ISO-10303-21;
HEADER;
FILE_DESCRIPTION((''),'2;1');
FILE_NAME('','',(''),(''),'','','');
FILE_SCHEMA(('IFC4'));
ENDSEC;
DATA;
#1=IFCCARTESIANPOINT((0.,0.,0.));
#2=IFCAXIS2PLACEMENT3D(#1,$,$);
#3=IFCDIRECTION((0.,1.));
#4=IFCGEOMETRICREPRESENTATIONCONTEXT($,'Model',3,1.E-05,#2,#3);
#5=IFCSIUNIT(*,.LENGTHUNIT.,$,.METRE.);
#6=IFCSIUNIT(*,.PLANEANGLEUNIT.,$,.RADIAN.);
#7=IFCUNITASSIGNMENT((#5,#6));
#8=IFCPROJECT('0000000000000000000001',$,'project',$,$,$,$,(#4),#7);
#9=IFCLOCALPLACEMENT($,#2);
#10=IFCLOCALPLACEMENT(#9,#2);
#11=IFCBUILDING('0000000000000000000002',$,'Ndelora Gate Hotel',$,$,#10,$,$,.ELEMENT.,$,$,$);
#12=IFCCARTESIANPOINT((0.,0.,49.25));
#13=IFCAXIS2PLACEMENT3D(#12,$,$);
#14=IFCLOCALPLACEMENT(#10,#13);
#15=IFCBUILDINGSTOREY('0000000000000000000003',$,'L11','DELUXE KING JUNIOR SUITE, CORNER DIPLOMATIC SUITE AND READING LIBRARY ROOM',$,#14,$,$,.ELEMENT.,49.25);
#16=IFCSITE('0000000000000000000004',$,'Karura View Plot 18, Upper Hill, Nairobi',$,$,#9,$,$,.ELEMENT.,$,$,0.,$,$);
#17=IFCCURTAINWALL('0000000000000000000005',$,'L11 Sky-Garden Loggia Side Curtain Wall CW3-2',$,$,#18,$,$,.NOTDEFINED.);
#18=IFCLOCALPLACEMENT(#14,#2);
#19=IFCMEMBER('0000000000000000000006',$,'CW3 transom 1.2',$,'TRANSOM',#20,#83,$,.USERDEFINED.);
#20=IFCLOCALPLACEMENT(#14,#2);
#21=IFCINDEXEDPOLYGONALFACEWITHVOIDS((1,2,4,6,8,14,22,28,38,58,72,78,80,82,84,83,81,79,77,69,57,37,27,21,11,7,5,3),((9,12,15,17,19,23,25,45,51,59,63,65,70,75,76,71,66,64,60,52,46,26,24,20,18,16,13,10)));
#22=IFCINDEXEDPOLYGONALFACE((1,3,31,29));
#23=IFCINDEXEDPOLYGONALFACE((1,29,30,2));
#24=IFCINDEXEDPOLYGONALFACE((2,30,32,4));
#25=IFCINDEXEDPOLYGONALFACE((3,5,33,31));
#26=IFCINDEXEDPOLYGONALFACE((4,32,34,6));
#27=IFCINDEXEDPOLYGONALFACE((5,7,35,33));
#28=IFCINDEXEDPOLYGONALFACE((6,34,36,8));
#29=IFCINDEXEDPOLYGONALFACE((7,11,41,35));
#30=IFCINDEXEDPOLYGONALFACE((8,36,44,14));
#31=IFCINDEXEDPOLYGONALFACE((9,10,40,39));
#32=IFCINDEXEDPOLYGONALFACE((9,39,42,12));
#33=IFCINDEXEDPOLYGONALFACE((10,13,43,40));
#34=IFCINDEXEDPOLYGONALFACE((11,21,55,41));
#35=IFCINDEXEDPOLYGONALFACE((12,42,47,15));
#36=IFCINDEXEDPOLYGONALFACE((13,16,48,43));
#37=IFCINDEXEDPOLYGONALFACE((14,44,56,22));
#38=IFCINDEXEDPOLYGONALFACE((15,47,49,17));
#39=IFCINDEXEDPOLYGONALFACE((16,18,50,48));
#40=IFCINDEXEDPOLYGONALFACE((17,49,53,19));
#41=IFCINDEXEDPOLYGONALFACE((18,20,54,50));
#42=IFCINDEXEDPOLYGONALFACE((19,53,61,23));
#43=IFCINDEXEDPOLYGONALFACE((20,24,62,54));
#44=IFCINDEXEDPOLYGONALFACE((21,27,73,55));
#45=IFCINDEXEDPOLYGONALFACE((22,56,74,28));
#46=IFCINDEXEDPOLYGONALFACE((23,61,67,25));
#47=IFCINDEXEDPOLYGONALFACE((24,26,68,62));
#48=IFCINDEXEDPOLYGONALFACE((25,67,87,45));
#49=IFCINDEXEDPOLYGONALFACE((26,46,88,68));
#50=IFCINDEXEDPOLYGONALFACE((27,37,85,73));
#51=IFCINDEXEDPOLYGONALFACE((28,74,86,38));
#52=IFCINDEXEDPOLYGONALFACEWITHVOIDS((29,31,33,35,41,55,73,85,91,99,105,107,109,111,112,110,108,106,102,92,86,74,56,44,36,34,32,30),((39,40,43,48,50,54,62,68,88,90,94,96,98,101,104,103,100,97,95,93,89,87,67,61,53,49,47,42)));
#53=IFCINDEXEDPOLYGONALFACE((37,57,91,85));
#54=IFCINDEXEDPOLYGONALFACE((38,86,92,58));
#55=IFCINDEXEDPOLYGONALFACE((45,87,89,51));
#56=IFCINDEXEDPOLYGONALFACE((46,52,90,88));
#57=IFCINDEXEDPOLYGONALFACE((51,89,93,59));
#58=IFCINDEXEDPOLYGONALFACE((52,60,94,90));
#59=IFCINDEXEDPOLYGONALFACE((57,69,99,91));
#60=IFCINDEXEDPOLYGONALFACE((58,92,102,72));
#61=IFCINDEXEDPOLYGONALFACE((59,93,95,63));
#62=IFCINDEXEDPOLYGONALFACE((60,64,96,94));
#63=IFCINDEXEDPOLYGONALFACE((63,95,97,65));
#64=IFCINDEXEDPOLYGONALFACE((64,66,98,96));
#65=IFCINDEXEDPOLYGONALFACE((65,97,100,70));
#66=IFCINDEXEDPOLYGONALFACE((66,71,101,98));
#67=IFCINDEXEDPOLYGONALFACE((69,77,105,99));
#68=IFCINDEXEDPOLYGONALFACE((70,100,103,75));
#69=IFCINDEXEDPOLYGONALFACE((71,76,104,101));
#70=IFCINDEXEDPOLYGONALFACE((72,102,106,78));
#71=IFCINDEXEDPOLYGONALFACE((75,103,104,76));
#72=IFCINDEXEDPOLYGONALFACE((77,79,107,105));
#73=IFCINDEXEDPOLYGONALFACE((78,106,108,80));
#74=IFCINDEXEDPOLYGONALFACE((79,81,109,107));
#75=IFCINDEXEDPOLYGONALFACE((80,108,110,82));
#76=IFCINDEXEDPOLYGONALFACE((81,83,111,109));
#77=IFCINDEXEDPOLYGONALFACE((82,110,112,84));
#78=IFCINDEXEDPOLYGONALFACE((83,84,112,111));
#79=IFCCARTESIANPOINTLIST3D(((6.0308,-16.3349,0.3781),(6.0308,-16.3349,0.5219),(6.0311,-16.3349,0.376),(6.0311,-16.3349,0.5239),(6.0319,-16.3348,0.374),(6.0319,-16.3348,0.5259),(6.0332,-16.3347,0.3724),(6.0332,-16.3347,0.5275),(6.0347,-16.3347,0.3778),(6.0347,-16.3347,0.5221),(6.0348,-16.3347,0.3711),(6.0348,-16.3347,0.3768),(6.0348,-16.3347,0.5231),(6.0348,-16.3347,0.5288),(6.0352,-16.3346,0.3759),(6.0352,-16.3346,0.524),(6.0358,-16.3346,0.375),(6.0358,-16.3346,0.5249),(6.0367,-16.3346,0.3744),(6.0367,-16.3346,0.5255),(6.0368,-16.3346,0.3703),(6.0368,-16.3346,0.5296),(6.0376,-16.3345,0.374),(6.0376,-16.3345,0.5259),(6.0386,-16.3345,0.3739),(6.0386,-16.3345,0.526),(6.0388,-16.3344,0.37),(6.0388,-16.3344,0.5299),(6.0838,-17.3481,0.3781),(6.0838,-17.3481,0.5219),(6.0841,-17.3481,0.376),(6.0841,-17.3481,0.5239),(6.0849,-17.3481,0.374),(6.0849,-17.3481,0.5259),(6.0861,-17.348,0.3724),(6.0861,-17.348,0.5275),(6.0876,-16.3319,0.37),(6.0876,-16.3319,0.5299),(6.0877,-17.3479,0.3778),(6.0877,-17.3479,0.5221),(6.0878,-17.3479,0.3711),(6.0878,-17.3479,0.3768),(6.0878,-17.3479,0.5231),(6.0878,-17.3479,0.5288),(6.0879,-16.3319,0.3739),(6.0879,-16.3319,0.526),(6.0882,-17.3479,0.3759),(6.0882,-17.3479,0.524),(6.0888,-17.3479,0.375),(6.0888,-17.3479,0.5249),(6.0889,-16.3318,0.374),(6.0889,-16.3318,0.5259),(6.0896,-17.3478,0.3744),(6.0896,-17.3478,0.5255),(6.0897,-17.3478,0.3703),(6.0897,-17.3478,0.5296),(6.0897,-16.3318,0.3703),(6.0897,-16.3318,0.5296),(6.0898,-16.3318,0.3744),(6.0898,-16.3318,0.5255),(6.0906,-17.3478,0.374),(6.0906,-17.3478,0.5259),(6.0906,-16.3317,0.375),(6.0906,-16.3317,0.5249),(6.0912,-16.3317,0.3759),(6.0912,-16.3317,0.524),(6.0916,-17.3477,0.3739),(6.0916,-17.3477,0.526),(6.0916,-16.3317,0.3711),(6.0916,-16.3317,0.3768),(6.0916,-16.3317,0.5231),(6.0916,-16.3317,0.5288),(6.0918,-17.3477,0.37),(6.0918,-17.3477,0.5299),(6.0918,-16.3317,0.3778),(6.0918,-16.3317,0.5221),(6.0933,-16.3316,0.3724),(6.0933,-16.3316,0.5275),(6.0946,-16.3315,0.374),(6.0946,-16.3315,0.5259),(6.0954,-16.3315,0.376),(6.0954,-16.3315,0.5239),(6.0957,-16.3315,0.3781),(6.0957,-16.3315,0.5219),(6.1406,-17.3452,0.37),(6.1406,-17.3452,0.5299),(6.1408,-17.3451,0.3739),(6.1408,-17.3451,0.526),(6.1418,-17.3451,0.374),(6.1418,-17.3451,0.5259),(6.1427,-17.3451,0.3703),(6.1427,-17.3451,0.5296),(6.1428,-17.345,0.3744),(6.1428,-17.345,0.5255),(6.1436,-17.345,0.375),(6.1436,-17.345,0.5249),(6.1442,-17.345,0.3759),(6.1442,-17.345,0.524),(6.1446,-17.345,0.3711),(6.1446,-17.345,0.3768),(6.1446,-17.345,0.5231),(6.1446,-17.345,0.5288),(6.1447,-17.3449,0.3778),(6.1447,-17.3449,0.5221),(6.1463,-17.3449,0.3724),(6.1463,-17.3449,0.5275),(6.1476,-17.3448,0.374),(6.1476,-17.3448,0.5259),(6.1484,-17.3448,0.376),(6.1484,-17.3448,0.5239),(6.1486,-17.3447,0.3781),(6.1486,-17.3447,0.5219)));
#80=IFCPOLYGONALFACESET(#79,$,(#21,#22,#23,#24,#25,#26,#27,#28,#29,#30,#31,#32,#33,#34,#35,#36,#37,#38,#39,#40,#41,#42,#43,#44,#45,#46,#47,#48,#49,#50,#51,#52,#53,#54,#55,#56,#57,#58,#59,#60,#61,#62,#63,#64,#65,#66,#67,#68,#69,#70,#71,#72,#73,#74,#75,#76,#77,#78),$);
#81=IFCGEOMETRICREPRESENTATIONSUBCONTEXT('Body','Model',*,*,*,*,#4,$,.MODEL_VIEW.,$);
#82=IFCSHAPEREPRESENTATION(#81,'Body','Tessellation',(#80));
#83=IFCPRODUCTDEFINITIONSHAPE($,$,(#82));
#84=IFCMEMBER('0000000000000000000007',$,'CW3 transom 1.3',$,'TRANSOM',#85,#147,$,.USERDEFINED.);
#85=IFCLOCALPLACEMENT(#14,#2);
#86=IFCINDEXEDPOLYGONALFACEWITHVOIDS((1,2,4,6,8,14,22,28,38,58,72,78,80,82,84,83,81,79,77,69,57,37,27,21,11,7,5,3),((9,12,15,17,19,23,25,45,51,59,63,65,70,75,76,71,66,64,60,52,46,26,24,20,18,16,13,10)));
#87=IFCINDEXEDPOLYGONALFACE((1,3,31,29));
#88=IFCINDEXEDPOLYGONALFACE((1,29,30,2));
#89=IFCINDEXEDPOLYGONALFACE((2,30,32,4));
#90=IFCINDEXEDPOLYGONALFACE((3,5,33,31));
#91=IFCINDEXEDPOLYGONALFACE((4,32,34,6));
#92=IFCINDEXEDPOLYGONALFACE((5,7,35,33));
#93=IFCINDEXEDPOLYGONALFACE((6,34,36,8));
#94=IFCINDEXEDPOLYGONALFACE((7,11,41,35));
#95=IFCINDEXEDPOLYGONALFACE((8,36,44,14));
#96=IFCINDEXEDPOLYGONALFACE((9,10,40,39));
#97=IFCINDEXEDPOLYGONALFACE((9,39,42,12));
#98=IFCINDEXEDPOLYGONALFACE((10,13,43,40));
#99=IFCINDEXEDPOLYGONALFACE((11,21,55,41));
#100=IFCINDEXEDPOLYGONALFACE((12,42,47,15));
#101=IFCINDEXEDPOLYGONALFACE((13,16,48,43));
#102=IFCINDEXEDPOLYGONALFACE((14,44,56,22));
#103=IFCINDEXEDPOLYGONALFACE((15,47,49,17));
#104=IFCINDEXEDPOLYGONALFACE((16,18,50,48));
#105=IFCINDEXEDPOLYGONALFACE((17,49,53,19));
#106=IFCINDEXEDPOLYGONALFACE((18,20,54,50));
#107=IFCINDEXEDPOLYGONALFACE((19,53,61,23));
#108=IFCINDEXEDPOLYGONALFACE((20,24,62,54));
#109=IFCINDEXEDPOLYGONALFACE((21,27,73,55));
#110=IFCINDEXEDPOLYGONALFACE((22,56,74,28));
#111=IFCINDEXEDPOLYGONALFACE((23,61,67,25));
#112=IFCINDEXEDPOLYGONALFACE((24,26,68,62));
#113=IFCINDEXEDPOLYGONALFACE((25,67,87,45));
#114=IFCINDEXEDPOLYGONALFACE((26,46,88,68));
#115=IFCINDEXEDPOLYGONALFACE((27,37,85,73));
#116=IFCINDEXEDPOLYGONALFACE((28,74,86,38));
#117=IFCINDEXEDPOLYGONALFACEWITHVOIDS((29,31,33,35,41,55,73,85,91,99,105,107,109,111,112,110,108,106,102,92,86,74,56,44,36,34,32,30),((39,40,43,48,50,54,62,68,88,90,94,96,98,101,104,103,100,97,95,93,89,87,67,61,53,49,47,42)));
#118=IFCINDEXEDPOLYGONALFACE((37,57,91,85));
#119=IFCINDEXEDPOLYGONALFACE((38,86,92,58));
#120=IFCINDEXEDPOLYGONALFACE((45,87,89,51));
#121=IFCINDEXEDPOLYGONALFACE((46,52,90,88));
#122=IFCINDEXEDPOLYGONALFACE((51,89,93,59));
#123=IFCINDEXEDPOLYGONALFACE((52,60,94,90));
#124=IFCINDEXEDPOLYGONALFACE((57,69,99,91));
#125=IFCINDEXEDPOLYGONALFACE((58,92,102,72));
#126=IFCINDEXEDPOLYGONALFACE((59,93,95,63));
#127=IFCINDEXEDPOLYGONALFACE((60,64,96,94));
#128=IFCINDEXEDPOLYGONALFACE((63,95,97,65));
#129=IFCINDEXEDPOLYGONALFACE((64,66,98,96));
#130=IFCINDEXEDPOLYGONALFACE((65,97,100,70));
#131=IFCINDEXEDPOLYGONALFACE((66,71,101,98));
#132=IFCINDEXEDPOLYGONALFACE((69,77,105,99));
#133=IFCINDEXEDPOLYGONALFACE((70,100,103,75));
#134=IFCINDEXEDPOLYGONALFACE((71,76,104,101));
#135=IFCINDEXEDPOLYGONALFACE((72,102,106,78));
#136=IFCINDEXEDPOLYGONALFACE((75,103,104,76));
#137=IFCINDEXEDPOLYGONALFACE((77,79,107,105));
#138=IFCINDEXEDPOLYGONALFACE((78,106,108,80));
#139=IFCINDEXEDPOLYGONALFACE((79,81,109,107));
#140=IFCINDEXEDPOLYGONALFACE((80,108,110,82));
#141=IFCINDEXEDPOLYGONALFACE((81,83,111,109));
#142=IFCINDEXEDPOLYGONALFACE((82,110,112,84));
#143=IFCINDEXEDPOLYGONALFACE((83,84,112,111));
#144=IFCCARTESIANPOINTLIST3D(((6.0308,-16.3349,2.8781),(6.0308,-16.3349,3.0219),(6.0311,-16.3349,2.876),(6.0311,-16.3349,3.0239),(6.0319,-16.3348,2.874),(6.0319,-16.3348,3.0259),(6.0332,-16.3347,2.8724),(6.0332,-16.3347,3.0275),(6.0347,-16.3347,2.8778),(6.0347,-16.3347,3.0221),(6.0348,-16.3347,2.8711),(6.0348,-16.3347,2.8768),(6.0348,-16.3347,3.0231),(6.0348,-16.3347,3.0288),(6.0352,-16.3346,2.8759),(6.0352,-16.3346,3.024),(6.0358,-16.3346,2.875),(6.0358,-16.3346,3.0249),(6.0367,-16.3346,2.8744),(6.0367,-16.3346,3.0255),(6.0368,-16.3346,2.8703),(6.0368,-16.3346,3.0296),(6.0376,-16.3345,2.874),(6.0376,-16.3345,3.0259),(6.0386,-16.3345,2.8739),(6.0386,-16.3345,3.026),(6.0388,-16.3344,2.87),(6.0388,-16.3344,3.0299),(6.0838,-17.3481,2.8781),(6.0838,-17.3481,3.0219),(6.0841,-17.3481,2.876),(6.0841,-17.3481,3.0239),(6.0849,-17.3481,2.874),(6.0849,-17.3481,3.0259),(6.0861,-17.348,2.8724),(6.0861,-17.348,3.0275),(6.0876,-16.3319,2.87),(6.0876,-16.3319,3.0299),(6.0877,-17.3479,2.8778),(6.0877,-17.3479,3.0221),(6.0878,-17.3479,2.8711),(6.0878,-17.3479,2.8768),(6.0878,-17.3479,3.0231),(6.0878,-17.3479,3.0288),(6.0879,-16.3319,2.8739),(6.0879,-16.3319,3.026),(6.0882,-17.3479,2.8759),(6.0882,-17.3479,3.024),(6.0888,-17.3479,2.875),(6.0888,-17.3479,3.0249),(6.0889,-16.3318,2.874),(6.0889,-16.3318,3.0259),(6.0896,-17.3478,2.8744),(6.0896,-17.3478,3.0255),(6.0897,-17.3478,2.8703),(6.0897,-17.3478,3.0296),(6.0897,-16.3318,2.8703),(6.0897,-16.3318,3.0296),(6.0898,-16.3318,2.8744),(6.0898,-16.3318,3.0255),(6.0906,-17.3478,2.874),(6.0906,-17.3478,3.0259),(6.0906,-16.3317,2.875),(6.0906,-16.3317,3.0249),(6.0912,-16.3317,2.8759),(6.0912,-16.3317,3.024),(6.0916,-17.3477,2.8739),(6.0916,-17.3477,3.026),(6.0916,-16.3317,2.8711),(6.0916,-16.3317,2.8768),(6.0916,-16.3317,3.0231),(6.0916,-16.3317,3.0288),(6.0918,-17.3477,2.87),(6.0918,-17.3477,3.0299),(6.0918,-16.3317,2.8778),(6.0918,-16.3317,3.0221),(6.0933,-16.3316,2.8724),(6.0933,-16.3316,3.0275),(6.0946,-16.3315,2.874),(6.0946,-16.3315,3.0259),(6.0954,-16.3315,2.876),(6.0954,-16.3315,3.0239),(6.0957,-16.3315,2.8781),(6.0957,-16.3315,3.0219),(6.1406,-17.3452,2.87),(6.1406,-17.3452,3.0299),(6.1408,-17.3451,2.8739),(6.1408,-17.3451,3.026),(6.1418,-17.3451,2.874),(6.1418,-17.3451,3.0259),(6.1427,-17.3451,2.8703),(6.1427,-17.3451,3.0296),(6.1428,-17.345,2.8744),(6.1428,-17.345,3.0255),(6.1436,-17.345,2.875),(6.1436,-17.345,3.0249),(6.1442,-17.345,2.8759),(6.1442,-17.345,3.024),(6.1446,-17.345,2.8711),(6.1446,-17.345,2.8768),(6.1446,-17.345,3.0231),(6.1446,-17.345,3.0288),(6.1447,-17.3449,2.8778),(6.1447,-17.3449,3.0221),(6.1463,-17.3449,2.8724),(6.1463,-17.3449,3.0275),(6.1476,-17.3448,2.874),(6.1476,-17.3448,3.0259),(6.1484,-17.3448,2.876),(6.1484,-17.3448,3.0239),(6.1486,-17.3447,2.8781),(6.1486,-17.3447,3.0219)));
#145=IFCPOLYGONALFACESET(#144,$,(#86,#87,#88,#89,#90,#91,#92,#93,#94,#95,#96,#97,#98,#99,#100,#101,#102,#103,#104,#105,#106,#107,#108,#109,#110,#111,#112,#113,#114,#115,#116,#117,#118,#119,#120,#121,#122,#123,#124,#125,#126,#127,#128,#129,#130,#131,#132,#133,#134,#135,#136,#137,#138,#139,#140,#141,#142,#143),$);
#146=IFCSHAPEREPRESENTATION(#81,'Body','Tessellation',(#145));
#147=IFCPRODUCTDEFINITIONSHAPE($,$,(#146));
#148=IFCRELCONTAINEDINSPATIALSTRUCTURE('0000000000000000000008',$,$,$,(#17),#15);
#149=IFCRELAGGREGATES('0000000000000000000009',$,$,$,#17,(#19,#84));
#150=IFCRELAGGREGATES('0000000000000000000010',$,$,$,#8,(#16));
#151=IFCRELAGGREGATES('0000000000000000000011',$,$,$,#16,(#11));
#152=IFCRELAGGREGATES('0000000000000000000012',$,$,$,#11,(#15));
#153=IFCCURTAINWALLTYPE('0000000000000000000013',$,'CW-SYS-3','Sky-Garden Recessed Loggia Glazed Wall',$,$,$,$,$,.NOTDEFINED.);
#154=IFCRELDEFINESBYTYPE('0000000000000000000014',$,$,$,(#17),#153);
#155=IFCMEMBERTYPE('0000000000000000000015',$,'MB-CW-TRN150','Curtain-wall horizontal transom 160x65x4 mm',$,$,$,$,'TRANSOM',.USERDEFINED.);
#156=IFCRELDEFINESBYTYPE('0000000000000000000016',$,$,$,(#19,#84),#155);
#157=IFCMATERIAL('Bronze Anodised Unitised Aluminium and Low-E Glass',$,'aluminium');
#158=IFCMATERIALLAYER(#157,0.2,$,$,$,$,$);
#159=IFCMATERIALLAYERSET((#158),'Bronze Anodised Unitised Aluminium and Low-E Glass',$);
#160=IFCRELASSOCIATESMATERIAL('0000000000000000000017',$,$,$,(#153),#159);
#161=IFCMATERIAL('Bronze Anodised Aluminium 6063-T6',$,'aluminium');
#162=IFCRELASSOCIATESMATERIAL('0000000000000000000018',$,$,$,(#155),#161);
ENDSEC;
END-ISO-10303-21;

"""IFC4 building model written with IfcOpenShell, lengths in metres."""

from ifc_helpers import new_model, si_unit, direction, frame, origin, origin_2d, place, context, subcontext, project, spatial, hollow_rectangle, extrude, material, layer, layer_set, material_profile, profile_set, type_object, element, aggregate, save


model = new_model("IFC4")

# Units and contexts
model_context = context("Model", 3, precision=1e-05, world=origin(), true_north=direction((0.0, 1.0)))
body_context = subcontext(model_context, "Body", "Model", "MODEL_VIEW")
ifc_project = project(units=[si_unit("LENGTHUNIT", "METRE"), si_unit("PLANEANGLEUNIT", "RADIAN")], contexts=[model_context])

# Site, building, storey
site_placement = place(None, origin())
site = spatial("IfcSite", under=ifc_project, at=site_placement, Name="Karura View Plot 18, Upper Hill, Nairobi", CompositionType="ELEMENT", RefElevation=0.0)
building_placement = place(site_placement, origin())
building = spatial("IfcBuilding", under=site, at=building_placement, Name="Ndelora Gate Hotel", CompositionType="ELEMENT")
storey_placement = place(building_placement, frame((0.0, 0.0, 49.25)))
storey = spatial("IfcBuildingStorey", under=building, at=storey_placement, Name="L11", Description="DELUXE KING JUNIOR SUITE, CORNER DIPLOMATIC SUITE AND READING LIBRARY ROOM", CompositionType="ELEMENT", Elevation=49.25)

# Curtain wall, members
ifc_material_1 = material(Name="Bronze Anodised Unitised Aluminium and Low-E Glass", Category="aluminium")
ifc_layer_1 = layer(ifc_material_1, 0.2)
ifc_layer_set_1 = layer_set([ifc_layer_1], Name="Bronze Anodised Unitised Aluminium and Low-E Glass")
curtain_wall_type = type_object("IfcCurtainWallType", Name="CW-SYS-3", Description="Sky-Garden Recessed Loggia Glazed Wall", PredefinedType="NOTDEFINED", material=ifc_layer_set_1)
curtain_wall_placement = place(storey_placement, origin())
curtain_wall = element("IfcCurtainWall", 1, at=curtain_wall_placement, inside=storey, type_object=curtain_wall_type, Name="L11 Sky-Garden Loggia Side Curtain Wall CW3-2", PredefinedType="NOTDEFINED")
ifc_material_2 = material(Name="Bronze Anodised Aluminium 6063-T6", Category="aluminium")
ifc_material_profile_1 = material_profile(ifc_material_2, hollow_rectangle(XDim=0.0649, YDim=0.1599, WallThickness=0.0039, InnerFilletRadius=0.0039, OuterFilletRadius=0.0081, at=origin_2d()), Name="ALU 160x65x4")
ifc_profile_set_1 = profile_set([ifc_material_profile_1], Name="Bronze Anodised Aluminium 6063-T6")
member_type_1 = type_object("IfcMemberType", Name="MB-CW-TRN150", Description="Curtain-wall horizontal transom 160x65x4 mm", ElementType="TRANSOM", PredefinedType="USERDEFINED", material=ifc_profile_set_1)
member_1_placement = place(storey_placement, frame((6.1162, -17.3464, 0.45), z_axis=(-0.052218, 0.998636, 0.0), x_axis=(-0.998636, -0.052218, 0.0)))
member_1 = element("IfcMember", 2, at=member_1_placement, type_object=member_type_1, Name="CW3 transom 1.2", ObjectType="TRANSOM", PredefinedType="USERDEFINED", context=body_context, shape_type="SweptSolid", body=[
    extrude(hollow_rectangle(XDim=0.0649, YDim=0.1599, WallThickness=0.0039, InnerFilletRadius=0.0039, OuterFilletRadius=0.0081, at=origin_2d()), origin(), (0.0, 0.0, 1.0), 1.0146),
])
member_2_placement = place(storey_placement, frame((6.1162, -17.3464, 2.95), z_axis=(-0.052218, 0.998636, 0.0), x_axis=(-0.998636, -0.052218, 0.0)))
member_2 = element("IfcMember", 3, at=member_2_placement, type_object=member_type_1, Name="CW3 transom 1.3", ObjectType="TRANSOM", PredefinedType="USERDEFINED", context=body_context, shape_type="SweptSolid", body=[
    extrude(hollow_rectangle(XDim=0.0649, YDim=0.1599, WallThickness=0.0039, InnerFilletRadius=0.0039, OuterFilletRadius=0.0081, at=origin_2d()), origin(), (0.0, 0.0, 1.0), 1.0146),
])
aggregate(curtain_wall, [member_1, member_2])

save(model, "model.ifc")
